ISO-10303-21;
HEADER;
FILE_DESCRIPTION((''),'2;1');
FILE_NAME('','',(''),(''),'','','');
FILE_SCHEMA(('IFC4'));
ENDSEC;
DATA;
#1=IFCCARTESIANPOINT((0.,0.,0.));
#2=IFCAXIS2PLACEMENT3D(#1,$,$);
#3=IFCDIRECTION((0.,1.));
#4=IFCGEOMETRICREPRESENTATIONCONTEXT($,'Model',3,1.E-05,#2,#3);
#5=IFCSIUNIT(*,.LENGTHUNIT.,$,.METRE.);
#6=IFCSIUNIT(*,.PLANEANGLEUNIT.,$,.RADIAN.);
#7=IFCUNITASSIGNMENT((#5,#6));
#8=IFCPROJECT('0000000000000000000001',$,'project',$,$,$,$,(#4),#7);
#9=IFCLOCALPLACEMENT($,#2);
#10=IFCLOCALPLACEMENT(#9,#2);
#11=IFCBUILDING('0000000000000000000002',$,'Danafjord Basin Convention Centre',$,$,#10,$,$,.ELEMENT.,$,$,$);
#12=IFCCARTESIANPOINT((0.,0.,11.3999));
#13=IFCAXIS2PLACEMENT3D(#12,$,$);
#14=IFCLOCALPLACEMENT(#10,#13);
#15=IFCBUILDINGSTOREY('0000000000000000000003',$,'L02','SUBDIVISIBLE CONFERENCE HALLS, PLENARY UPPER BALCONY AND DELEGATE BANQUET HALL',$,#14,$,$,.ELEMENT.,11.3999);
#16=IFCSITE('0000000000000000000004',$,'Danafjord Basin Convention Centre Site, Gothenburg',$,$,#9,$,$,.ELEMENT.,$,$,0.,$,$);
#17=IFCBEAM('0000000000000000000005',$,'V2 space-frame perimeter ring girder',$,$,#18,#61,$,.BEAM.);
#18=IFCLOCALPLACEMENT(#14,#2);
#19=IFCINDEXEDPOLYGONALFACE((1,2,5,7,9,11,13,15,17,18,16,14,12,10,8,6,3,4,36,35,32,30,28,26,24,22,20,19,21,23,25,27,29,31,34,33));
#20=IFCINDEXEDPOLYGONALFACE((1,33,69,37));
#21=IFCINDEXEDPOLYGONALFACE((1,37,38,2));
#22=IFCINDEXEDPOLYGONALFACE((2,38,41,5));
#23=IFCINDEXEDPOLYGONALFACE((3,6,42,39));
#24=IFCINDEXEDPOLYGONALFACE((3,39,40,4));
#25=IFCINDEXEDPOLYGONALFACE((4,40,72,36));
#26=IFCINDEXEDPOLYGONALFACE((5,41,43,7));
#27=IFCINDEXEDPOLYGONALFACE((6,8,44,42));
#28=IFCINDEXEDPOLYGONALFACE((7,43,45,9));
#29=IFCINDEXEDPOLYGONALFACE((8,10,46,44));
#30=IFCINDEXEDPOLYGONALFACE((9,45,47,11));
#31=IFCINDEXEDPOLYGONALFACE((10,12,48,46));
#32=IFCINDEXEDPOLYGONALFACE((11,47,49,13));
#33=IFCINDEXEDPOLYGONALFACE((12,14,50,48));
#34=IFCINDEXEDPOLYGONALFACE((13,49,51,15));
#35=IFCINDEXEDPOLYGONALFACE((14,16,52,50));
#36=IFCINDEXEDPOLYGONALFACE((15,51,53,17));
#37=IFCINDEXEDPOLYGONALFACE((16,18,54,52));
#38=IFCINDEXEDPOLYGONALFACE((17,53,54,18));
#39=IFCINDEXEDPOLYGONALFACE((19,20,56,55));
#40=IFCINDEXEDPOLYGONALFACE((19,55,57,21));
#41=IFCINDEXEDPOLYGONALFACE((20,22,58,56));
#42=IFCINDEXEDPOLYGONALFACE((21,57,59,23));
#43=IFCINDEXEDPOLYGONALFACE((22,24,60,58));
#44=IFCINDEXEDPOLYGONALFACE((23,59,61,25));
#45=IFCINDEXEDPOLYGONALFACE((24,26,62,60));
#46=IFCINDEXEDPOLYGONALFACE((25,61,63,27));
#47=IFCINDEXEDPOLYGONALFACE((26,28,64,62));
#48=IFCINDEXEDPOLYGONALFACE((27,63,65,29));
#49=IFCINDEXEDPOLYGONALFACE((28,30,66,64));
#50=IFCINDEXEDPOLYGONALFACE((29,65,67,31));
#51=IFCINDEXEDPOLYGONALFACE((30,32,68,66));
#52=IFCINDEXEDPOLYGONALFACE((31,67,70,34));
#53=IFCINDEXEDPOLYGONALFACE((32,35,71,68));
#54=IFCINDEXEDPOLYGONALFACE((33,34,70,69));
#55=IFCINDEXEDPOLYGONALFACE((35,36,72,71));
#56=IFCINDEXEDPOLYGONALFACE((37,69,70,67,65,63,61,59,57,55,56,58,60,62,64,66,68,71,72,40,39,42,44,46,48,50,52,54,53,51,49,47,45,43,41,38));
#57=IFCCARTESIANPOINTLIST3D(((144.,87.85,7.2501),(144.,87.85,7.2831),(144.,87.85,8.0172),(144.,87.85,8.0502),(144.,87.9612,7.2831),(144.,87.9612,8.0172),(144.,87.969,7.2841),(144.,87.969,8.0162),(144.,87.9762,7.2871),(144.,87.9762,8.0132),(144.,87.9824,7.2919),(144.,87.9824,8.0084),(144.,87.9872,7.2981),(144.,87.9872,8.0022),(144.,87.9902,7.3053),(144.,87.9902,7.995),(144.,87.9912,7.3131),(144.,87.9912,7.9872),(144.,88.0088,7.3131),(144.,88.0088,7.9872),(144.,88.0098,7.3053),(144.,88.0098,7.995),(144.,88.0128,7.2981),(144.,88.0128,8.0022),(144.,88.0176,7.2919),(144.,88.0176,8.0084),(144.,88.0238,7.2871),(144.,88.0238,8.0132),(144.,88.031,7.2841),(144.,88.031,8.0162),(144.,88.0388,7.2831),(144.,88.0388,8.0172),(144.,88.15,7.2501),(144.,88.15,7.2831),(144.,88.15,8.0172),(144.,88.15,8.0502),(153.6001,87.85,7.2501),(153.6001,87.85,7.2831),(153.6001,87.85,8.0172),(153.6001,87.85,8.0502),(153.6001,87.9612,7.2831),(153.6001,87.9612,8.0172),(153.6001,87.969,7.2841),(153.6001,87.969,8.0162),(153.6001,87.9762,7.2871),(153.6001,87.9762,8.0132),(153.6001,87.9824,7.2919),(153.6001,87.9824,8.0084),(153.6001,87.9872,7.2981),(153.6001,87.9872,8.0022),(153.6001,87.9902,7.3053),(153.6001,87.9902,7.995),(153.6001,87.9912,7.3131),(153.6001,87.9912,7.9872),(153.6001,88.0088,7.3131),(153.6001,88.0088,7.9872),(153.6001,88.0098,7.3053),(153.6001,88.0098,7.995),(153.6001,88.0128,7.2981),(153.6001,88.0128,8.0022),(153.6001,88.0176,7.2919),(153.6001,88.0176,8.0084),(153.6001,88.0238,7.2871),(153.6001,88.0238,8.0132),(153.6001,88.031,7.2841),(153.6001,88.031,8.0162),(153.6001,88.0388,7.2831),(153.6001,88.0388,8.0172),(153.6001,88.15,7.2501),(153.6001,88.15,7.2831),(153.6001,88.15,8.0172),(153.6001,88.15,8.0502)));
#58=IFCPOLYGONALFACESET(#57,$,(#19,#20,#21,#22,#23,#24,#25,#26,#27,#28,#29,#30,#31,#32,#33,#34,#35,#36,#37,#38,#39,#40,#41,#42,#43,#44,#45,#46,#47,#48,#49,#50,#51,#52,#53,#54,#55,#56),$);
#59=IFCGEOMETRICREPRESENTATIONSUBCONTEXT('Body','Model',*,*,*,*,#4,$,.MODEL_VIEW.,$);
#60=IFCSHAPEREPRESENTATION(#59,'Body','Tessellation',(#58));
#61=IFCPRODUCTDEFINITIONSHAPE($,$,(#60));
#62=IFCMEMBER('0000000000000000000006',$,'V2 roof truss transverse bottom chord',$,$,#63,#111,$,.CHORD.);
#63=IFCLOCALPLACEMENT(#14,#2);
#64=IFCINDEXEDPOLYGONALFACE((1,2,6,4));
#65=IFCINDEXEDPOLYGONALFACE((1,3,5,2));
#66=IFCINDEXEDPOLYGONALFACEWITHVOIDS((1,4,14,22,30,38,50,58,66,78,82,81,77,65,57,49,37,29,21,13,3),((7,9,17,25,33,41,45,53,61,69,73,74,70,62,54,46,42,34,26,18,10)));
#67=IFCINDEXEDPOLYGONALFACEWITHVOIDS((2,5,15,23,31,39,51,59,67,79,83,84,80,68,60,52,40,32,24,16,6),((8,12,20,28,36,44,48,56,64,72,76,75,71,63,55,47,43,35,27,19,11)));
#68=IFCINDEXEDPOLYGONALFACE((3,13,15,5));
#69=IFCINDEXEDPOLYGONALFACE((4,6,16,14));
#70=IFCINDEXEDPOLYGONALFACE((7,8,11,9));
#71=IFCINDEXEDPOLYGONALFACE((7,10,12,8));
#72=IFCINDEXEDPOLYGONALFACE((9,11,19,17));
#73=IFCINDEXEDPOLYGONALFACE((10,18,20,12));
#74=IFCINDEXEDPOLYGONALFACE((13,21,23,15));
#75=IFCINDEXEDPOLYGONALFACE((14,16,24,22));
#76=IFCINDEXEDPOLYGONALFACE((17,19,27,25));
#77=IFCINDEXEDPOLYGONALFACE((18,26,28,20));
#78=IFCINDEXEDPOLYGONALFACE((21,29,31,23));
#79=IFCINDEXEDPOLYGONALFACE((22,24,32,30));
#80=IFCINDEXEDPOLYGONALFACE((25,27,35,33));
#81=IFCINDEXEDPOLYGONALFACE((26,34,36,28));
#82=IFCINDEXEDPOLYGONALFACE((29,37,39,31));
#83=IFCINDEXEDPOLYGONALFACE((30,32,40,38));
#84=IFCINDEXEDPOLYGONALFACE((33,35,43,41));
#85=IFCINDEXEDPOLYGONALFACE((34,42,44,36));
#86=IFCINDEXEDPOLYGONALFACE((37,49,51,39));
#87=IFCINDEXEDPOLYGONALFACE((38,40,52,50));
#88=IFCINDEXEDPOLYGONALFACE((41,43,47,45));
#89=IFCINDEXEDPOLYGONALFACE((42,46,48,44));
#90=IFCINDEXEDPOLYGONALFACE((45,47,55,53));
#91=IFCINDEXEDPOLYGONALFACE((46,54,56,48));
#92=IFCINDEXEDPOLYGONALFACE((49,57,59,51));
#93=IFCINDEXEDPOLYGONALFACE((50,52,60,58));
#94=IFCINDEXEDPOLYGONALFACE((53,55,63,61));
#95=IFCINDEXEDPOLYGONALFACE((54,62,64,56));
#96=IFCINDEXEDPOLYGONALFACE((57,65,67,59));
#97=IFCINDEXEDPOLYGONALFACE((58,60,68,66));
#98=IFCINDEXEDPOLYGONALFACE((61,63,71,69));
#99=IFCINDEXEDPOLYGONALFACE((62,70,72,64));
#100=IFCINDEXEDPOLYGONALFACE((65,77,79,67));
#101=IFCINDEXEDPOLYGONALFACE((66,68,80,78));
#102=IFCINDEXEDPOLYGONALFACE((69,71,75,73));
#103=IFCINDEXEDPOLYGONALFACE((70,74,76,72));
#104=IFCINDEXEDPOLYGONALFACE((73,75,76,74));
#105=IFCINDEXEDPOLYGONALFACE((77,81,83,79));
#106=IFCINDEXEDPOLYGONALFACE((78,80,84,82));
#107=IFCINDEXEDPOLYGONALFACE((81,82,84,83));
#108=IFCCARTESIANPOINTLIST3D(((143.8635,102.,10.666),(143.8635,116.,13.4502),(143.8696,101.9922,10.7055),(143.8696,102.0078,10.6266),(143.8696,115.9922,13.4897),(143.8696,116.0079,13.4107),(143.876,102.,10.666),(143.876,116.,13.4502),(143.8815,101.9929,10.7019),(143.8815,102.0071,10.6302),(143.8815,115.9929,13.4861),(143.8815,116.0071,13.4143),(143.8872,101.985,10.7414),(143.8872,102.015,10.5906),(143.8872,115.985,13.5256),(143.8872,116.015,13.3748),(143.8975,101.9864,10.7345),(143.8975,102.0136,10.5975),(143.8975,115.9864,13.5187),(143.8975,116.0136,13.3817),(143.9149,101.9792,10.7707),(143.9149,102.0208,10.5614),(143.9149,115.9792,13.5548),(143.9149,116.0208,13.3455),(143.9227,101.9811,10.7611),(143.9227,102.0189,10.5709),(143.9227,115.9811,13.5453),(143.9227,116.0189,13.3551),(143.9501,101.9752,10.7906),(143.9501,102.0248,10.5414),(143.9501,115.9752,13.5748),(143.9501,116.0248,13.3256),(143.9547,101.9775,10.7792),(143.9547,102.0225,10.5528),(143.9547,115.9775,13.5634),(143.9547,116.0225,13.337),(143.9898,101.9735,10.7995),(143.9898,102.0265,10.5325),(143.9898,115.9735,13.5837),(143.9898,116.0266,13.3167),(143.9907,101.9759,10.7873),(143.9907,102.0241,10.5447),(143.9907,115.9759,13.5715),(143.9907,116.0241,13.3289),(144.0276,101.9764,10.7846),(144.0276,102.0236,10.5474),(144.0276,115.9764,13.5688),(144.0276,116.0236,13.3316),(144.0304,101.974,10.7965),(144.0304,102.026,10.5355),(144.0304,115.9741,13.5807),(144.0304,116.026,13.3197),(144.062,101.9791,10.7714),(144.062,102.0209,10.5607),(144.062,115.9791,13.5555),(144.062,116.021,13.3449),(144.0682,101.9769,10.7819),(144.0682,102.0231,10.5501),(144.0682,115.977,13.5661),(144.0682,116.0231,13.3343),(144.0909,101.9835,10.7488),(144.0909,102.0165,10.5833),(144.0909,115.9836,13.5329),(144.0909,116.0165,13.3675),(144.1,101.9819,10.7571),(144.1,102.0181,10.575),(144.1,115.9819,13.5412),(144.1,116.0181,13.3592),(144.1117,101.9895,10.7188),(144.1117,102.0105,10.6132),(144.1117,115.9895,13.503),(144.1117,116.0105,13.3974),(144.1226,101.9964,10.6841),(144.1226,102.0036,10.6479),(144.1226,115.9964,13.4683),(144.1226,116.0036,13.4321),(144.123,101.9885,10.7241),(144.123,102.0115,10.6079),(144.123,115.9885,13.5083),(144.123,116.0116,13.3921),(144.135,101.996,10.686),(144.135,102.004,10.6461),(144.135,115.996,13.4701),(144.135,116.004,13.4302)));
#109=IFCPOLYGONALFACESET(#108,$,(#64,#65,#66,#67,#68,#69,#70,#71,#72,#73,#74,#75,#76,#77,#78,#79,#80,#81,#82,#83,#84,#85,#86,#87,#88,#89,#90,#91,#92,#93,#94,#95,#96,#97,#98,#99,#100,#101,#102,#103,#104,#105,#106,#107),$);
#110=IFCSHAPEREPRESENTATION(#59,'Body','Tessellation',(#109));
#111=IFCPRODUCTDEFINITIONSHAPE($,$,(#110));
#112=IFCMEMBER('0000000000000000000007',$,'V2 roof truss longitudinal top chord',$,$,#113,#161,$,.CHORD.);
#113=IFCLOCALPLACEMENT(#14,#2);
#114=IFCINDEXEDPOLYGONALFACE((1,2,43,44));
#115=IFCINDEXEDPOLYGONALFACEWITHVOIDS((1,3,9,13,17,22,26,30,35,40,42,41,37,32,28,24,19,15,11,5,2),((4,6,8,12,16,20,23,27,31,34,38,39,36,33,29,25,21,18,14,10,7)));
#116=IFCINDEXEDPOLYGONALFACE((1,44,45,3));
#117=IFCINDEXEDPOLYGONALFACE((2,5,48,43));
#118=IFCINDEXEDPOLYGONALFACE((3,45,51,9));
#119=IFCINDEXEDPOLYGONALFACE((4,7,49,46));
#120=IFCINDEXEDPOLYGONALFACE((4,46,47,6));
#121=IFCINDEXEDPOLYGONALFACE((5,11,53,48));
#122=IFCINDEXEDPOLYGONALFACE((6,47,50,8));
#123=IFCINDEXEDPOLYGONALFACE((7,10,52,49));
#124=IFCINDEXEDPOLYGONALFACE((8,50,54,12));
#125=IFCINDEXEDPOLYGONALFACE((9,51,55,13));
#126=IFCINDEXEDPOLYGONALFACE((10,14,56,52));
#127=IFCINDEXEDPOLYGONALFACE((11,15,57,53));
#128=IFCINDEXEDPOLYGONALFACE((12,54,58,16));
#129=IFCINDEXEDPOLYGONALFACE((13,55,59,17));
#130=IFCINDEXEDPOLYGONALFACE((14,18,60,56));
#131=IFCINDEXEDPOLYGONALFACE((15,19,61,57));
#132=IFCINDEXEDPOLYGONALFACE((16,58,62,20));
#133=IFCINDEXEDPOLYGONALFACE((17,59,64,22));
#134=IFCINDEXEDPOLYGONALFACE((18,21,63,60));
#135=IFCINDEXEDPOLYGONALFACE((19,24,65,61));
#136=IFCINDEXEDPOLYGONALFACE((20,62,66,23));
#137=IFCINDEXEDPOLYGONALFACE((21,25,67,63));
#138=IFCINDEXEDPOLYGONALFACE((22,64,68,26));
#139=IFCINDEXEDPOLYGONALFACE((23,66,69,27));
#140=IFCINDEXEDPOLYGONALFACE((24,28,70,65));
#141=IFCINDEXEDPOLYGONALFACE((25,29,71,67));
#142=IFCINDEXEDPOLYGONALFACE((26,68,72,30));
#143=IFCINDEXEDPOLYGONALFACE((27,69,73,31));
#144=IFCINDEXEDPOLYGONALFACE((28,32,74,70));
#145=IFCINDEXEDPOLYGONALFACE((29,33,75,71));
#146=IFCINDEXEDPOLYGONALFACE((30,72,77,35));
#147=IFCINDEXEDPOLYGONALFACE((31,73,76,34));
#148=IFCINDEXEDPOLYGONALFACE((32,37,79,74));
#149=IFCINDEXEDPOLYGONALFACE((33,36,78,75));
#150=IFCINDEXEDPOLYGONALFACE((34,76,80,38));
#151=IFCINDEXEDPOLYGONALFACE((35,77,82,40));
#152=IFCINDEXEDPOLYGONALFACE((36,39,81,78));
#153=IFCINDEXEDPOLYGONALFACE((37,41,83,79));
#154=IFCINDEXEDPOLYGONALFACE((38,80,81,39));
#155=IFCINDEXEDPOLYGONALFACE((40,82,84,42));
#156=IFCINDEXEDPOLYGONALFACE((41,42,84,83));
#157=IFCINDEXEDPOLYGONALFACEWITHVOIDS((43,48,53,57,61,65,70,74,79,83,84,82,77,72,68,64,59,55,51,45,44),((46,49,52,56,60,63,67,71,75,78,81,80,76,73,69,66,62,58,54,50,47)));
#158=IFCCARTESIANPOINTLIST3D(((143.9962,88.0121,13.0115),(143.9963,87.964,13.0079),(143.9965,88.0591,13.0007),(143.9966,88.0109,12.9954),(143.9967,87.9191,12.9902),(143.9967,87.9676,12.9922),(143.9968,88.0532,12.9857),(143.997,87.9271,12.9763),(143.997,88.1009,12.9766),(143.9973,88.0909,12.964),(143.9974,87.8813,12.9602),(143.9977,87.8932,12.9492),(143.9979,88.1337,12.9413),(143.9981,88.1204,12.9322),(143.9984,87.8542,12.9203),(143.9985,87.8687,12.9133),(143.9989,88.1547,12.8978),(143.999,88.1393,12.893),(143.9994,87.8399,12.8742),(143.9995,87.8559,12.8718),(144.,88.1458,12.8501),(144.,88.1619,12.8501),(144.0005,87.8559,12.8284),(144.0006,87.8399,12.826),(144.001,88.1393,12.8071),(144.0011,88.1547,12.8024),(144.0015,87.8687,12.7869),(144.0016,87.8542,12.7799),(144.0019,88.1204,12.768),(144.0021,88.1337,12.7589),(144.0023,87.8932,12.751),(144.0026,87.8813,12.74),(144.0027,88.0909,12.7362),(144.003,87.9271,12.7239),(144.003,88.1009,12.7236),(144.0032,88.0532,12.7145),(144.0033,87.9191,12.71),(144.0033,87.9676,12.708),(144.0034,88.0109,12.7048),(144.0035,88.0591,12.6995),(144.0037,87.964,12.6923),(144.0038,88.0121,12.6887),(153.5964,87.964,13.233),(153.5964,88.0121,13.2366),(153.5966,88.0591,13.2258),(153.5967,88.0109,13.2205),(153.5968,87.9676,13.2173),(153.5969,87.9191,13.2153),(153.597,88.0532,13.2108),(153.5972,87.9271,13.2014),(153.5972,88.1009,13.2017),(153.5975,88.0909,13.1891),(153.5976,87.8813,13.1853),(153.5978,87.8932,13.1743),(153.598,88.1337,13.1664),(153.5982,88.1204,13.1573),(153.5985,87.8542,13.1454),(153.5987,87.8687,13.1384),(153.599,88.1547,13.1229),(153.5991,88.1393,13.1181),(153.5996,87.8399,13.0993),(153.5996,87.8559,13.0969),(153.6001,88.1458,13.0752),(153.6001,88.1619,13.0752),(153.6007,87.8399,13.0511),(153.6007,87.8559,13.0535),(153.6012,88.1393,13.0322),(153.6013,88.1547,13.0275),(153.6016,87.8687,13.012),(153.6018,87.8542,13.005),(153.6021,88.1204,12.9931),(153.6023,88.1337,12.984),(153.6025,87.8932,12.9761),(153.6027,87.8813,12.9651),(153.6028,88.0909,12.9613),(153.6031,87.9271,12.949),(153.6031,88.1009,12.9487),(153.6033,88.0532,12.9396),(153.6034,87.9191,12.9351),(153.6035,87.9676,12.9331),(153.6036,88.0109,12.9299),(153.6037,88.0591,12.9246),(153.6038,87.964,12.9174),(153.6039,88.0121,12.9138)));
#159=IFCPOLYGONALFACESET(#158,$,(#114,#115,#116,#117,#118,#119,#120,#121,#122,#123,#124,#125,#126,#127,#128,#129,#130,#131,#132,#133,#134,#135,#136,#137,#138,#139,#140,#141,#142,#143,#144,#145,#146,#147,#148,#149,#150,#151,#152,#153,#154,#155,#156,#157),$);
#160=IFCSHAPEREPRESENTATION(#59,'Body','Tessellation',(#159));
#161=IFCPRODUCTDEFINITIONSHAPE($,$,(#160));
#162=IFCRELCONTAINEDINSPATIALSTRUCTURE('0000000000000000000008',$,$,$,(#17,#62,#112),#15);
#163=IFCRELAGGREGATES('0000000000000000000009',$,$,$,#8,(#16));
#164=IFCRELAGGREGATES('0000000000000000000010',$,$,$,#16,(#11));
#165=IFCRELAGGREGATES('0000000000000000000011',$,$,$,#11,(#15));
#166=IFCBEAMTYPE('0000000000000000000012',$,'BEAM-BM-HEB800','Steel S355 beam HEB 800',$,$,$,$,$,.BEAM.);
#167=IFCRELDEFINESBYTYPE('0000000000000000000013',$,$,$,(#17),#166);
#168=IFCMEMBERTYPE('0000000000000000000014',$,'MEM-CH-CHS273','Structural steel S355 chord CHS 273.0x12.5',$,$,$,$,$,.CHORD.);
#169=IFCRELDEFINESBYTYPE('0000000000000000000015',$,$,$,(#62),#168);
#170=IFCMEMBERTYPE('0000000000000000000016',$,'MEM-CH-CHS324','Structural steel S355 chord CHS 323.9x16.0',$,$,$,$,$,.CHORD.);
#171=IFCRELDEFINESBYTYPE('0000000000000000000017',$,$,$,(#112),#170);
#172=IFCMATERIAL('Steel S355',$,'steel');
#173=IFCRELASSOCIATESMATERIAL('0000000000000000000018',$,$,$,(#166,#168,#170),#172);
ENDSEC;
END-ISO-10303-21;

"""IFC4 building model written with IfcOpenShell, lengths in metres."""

from ifc_helpers import new_model, si_unit, direction, frame, origin, origin_2d, place, context, subcontext, project, spatial, hollow_circle, i_section, extrude, material, material_profile, profile_set, type_object, element, save


model = new_model("IFC4")

# Units and contexts
model_context = context("Model", 3, precision=1e-05, world=origin(), true_north=direction((0.0, 1.0)))
body_context = subcontext(model_context, "Body", "Model", "MODEL_VIEW")
ifc_project = project(units=[si_unit("LENGTHUNIT", "METRE"), si_unit("PLANEANGLEUNIT", "RADIAN")], contexts=[model_context])

# Site, building, storey
site_placement = place(None, origin())
site = spatial("IfcSite", under=ifc_project, at=site_placement, Name="Danafjord Basin Convention Centre Site, Gothenburg", CompositionType="ELEMENT", RefElevation=0.0)
building_placement = place(site_placement, origin())
building = spatial("IfcBuilding", under=site, at=building_placement, Name="Danafjord Basin Convention Centre", CompositionType="ELEMENT")
storey_placement = place(building_placement, frame((0.0, 0.0, 11.3999)))
storey = spatial("IfcBuildingStorey", under=building, at=storey_placement, Name="L02", Description="SUBDIVISIBLE CONFERENCE HALLS, PLENARY UPPER BALCONY AND DELEGATE BANQUET HALL", CompositionType="ELEMENT", Elevation=11.3999)

# Beam
ifc_material_1 = material(Name="Steel S355", Category="steel")
ifc_material_profile_1 = material_profile(ifc_material_1, i_section(OverallWidth=0.3, OverallDepth=0.8, WebThickness=0.0176, FlangeThickness=0.033, FilletRadius=0.03, at=origin_2d()), Name="HEB 800")
ifc_profile_set_1 = profile_set([ifc_material_profile_1], Name="Steel S355")
beam_type = type_object("IfcBeamType", Name="BEAM-BM-HEB800", Description="Steel S355 beam HEB 800", PredefinedType="BEAM", material=ifc_profile_set_1)
beam_placement = place(storey_placement, frame((144.0, 88.0, 7.6501), z_axis=(1.0, 0.0, 0.0), x_axis=(0.0, 1.0, 0.0)))
element("IfcBeam", 1, at=beam_placement, inside=storey, type_object=beam_type, Name="V2 space-frame perimeter ring girder", PredefinedType="BEAM", context=body_context, shape_type="SweptSolid", body=[
    extrude(i_section(OverallWidth=0.3, OverallDepth=0.8, WebThickness=0.0176, FlangeThickness=0.033, FilletRadius=0.03, at=origin_2d()), origin(), (0.0, 0.0, 1.0), 9.6001),
])

# Members
ifc_material_profile_2 = material_profile(ifc_material_1, hollow_circle(Radius=0.1365, WallThickness=0.0125, at=origin_2d()), Name="CHS 273.0x12.5")
ifc_profile_set_2 = profile_set([ifc_material_profile_2], Name="Steel S355")
member_type_1 = type_object("IfcMemberType", Name="MEM-CH-CHS273", Description="Structural steel S355 chord CHS 273.0x12.5", PredefinedType="CHORD", material=ifc_profile_set_2)
member_1_placement = place(storey_placement, frame((144.0, 102.0, 10.666), z_axis=(0.0, 0.980793, 0.19505), x_axis=(-1.0, 0.0, 0.0)))
element("IfcMember", 2, at=member_1_placement, inside=storey, type_object=member_type_1, Name="V2 roof truss transverse bottom chord", PredefinedType="CHORD", context=body_context, shape_type="SweptSolid", body=[
    extrude(hollow_circle(Radius=0.1365, WallThickness=0.0125, at=origin_2d()), origin(), (0.0, 0.0, 1.0), 14.2742),
])
ifc_material_profile_3 = material_profile(ifc_material_1, hollow_circle(Radius=0.1619, WallThickness=0.0161, at=origin_2d()), Name="CHS 323.9x16.0")
ifc_profile_set_3 = profile_set([ifc_material_profile_3], Name="Steel S355")
member_type_2 = type_object("IfcMemberType", Name="MEM-CH-CHS324", Description="Structural steel S355 chord CHS 323.9x16.0", PredefinedType="CHORD", material=ifc_profile_set_3)
member_2_placement = place(storey_placement, frame((144.0, 88.0, 12.8501), z_axis=(0.999725, 0.0, 0.023441), x_axis=(0.0, 1.0, 0.0)))
element("IfcMember", 3, at=member_2_placement, inside=storey, type_object=member_type_2, Name="V2 roof truss longitudinal top chord", PredefinedType="CHORD", context=body_context, shape_type="SweptSolid", body=[
    extrude(hollow_circle(Radius=0.1619, WallThickness=0.0161, at=origin_2d()), origin(), (0.0, 0.0, 1.0), 9.6028),
])

save(model, "model.ifc")
